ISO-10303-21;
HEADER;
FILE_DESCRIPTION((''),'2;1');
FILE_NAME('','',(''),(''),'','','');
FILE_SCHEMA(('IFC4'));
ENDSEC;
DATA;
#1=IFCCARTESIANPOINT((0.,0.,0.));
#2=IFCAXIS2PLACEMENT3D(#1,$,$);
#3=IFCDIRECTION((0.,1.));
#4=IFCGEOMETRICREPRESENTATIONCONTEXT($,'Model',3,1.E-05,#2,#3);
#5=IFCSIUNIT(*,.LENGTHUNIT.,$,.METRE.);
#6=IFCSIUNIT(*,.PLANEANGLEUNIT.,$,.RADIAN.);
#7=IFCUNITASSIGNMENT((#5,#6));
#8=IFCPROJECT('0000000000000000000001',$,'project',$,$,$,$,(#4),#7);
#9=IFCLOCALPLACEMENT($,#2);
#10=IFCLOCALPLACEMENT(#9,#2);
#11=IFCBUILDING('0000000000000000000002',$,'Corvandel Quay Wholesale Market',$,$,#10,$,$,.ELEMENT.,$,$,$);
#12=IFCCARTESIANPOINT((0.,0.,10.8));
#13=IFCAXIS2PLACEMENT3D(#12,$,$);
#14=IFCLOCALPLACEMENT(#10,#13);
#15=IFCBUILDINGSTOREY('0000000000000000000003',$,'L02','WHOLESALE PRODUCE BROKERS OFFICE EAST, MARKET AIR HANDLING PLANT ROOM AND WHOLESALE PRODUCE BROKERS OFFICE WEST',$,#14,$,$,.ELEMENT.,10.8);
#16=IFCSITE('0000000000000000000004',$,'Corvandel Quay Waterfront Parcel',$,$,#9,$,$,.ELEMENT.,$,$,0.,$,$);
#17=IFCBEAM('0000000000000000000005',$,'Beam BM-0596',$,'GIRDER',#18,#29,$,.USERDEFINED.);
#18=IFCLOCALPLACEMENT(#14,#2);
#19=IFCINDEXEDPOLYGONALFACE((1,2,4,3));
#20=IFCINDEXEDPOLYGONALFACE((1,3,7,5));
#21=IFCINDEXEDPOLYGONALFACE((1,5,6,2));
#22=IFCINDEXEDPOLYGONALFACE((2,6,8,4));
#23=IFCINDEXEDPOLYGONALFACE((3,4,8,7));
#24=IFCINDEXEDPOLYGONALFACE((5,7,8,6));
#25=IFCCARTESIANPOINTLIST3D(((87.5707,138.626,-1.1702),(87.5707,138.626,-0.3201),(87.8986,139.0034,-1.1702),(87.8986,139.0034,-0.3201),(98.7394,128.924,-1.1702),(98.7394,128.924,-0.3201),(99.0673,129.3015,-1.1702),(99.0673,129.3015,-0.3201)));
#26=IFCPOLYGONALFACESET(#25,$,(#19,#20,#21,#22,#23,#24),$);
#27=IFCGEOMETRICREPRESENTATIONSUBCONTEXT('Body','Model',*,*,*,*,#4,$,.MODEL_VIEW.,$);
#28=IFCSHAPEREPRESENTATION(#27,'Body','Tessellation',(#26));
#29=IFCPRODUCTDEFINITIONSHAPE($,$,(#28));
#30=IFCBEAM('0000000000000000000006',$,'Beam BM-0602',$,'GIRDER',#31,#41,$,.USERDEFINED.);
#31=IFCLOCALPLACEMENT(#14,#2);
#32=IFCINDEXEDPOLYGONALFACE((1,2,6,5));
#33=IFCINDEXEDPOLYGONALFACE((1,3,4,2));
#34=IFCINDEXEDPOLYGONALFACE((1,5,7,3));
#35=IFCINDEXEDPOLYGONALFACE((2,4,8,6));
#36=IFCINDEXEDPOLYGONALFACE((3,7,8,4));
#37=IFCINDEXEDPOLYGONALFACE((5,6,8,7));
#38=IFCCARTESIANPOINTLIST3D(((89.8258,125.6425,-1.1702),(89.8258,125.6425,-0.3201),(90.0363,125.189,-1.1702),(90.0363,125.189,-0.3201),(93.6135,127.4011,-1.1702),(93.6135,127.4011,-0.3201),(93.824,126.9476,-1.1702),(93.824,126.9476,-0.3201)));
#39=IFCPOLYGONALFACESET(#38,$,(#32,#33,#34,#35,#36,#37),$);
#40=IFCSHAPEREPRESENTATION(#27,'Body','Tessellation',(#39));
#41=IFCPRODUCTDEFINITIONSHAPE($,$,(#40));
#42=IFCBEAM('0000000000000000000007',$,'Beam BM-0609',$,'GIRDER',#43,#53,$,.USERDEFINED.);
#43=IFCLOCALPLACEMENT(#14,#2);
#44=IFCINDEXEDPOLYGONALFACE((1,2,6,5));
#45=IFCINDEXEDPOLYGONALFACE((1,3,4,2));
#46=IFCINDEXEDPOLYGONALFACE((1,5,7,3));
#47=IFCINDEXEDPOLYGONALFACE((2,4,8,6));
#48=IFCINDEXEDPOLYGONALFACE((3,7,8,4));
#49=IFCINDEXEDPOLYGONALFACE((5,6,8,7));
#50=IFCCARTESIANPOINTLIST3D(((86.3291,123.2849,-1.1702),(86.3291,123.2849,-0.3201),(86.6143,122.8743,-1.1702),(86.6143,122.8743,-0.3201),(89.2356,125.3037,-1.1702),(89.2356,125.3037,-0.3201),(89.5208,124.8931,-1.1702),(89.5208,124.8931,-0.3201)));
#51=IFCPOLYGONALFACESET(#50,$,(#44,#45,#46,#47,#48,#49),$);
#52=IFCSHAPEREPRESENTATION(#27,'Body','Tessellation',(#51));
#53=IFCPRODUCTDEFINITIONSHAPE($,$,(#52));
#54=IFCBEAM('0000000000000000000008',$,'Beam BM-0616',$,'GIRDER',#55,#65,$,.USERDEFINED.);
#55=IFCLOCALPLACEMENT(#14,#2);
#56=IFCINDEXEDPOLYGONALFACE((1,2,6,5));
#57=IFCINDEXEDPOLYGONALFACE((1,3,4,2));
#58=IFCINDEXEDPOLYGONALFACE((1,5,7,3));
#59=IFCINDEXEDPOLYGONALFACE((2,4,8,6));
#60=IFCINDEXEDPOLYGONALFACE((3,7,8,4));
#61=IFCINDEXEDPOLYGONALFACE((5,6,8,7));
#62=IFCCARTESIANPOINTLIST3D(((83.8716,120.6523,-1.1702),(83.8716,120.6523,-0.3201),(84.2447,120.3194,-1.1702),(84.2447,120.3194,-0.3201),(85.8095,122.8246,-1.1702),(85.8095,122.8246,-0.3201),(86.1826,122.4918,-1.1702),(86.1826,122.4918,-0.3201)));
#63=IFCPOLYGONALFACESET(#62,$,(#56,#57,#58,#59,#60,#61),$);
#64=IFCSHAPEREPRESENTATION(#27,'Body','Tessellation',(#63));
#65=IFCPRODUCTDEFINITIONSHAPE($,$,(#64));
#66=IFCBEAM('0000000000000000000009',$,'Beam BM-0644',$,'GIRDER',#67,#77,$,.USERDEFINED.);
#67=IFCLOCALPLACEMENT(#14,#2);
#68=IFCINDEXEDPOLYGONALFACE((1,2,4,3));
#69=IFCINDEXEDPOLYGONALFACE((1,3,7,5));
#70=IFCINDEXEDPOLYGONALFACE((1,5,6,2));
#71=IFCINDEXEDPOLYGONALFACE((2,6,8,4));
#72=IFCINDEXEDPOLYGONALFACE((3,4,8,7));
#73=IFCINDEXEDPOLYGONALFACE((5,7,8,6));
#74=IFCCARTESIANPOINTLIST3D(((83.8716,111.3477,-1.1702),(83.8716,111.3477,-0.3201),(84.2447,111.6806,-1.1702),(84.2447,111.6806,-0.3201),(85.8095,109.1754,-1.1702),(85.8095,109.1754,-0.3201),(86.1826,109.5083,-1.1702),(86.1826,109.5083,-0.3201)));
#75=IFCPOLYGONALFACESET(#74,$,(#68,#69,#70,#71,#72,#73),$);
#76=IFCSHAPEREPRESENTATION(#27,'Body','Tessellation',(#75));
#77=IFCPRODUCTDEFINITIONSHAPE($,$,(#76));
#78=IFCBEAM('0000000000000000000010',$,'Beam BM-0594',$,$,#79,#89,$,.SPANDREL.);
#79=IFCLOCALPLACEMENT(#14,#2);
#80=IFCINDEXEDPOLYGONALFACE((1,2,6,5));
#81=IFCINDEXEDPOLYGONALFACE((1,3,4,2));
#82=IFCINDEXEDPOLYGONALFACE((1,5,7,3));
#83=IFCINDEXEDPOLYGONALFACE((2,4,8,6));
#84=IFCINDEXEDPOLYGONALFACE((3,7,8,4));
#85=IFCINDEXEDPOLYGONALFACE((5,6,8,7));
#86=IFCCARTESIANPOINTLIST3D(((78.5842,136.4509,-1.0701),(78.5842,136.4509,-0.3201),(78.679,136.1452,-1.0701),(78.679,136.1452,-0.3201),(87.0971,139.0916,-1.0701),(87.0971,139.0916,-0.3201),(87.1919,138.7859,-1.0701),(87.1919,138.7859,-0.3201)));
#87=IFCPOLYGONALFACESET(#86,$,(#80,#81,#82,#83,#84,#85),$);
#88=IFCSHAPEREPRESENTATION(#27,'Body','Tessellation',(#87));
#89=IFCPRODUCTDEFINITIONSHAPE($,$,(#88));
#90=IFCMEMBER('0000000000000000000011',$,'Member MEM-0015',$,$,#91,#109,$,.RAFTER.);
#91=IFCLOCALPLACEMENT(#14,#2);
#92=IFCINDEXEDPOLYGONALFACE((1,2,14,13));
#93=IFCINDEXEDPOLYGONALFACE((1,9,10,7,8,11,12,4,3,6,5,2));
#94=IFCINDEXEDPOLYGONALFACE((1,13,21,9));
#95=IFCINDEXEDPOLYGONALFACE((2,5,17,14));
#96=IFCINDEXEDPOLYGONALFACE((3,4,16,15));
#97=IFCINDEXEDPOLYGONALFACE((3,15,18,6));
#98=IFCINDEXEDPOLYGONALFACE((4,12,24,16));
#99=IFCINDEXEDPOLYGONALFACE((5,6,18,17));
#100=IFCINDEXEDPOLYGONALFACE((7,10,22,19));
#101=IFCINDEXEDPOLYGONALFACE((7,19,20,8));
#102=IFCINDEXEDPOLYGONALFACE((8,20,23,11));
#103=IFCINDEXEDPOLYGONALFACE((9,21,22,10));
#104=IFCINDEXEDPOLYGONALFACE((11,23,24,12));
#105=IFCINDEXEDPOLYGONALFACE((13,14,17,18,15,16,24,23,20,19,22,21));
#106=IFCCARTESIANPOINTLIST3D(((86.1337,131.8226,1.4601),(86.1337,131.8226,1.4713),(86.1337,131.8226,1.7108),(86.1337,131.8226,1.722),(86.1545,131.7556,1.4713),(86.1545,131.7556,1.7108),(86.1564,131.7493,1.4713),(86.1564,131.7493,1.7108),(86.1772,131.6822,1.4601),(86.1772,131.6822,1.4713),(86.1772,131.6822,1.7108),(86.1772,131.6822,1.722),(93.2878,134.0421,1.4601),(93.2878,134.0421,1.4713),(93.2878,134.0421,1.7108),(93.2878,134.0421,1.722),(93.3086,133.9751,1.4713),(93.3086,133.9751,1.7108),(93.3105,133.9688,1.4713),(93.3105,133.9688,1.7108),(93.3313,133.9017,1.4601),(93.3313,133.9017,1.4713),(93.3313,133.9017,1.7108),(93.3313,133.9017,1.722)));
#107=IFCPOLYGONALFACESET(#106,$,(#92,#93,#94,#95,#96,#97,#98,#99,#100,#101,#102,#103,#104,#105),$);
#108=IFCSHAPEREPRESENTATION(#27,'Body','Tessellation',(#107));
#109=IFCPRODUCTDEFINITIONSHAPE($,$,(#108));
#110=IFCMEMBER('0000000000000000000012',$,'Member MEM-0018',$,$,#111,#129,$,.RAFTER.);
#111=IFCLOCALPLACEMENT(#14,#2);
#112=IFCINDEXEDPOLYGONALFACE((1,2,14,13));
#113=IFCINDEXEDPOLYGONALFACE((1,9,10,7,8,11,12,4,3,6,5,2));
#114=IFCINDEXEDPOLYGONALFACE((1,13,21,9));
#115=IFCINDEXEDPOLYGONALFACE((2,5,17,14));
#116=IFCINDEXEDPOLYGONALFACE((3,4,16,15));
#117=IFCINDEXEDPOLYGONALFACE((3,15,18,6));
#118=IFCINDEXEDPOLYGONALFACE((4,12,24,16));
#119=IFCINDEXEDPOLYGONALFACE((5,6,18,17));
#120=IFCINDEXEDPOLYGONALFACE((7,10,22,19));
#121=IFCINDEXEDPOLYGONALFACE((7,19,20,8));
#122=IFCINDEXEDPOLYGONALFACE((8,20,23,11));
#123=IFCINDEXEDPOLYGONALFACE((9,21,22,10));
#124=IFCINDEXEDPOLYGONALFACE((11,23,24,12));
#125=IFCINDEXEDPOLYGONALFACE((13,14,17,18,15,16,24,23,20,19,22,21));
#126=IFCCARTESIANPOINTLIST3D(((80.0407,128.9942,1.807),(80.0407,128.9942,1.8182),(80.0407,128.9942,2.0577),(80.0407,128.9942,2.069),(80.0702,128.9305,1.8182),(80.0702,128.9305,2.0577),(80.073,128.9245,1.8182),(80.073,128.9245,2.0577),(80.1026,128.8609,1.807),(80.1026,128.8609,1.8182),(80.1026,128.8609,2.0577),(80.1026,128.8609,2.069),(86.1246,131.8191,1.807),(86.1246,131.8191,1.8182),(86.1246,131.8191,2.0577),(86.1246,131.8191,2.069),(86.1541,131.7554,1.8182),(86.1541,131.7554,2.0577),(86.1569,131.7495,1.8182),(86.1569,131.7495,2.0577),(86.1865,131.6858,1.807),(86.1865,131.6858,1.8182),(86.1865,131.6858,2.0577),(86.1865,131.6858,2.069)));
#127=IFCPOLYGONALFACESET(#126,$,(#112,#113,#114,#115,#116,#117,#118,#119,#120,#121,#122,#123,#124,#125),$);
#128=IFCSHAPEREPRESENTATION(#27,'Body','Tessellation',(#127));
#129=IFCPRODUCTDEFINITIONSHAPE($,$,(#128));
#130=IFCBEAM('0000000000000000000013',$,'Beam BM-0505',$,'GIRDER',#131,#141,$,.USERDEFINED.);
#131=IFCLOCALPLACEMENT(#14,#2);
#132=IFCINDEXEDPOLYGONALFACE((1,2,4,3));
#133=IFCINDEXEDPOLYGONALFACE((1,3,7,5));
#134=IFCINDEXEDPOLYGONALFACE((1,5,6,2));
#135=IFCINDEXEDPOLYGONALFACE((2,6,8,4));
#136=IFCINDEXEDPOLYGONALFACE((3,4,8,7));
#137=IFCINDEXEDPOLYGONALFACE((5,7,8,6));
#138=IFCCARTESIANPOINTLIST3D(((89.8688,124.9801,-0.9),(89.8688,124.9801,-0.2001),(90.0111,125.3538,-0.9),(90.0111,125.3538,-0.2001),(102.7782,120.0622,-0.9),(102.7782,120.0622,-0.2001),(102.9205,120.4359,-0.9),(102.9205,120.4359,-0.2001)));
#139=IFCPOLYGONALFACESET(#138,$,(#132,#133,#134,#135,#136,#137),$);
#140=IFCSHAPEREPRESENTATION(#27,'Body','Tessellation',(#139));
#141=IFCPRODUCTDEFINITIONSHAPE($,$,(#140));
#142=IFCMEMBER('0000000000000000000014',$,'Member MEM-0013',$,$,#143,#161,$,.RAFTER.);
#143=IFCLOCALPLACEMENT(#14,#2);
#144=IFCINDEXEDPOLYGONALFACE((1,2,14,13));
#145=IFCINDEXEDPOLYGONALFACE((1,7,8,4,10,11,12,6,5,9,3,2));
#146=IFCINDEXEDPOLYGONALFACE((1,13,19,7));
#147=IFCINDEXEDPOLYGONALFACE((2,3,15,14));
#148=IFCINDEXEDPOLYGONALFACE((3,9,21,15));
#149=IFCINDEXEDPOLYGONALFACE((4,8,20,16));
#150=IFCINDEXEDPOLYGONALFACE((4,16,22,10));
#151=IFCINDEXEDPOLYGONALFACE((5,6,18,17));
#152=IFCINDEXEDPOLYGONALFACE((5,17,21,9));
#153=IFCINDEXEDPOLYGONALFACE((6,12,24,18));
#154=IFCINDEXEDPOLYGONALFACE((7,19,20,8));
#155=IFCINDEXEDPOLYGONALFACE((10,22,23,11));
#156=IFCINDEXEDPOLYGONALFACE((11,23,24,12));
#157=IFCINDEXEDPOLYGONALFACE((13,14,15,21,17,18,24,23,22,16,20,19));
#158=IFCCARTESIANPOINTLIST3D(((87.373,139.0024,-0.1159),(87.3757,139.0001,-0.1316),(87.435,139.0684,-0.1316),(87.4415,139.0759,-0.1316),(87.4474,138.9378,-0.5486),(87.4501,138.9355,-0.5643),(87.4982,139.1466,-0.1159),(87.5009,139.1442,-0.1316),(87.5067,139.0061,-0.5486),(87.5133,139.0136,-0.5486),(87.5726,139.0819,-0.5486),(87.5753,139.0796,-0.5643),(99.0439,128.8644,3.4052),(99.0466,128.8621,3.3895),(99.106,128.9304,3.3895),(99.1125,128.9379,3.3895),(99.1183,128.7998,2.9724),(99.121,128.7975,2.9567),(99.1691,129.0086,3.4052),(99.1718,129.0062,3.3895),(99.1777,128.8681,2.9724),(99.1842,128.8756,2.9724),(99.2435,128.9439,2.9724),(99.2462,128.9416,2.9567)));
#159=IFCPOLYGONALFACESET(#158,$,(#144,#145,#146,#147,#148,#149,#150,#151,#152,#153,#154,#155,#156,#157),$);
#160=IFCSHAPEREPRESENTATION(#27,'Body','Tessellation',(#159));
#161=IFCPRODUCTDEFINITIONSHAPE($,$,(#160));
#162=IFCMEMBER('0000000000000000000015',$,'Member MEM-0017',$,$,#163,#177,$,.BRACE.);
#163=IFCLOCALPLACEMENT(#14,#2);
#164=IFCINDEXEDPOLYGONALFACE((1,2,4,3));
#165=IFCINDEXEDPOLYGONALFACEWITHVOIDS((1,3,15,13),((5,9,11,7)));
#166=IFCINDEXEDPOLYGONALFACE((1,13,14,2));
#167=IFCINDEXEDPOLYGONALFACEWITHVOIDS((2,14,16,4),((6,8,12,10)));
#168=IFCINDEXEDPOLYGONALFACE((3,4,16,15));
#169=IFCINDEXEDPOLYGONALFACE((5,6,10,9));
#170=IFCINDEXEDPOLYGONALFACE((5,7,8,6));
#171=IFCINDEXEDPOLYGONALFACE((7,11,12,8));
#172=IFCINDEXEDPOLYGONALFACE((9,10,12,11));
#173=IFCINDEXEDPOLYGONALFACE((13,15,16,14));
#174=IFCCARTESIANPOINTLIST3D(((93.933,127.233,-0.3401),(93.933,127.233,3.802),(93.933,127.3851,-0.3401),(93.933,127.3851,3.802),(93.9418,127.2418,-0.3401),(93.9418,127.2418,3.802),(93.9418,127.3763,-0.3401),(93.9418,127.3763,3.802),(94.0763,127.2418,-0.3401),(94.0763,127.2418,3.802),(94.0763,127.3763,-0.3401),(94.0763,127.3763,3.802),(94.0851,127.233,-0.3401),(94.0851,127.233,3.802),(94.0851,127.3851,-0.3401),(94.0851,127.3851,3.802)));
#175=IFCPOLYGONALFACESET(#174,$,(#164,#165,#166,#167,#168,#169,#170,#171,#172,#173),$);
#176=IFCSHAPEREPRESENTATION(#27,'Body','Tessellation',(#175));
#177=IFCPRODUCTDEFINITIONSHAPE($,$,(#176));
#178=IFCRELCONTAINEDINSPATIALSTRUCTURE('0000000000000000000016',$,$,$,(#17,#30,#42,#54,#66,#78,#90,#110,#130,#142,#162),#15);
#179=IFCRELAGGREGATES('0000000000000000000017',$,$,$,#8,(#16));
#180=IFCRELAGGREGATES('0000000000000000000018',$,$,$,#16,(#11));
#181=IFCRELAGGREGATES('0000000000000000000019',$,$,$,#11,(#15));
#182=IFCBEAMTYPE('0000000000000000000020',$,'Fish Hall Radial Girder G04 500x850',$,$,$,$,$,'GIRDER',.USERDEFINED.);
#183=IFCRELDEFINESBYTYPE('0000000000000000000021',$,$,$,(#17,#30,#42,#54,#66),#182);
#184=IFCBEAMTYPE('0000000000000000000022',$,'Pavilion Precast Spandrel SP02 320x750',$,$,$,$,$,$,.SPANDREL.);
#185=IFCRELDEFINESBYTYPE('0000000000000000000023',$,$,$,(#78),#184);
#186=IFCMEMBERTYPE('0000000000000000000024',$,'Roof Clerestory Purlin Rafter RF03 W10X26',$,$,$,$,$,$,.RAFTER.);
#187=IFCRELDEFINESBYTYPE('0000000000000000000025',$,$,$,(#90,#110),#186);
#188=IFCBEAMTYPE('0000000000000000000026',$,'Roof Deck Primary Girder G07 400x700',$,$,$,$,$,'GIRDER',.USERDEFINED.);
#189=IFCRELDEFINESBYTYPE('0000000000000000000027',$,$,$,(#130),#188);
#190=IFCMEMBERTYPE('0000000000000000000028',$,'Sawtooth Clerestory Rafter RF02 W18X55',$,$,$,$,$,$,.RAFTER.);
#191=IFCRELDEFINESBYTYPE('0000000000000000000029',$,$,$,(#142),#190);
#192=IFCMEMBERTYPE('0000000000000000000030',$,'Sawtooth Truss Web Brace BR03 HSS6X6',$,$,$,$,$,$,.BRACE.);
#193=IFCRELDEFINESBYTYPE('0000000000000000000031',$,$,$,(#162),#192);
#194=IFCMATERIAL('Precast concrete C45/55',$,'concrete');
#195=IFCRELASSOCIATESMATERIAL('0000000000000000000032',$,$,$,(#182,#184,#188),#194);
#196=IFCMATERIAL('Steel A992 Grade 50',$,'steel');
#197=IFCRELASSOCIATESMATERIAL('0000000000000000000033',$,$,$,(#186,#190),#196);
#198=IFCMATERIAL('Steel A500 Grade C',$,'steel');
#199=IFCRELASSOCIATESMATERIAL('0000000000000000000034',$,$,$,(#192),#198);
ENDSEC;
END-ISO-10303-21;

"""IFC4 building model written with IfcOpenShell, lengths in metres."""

from ifc_helpers import new_model, si_unit, direction, frame, origin, origin_2d, place, context, subcontext, project, spatial, rectangle, hollow_rectangle, i_section, extrude, material, material_profile, profile_set, type_object, element, save


model = new_model("IFC4")

# Units and contexts
model_context = context("Model", 3, precision=1e-05, world=origin(), true_north=direction((0.0, 1.0)))
body_context = subcontext(model_context, "Body", "Model", "MODEL_VIEW")
ifc_project = project(units=[si_unit("LENGTHUNIT", "METRE"), si_unit("PLANEANGLEUNIT", "RADIAN")], contexts=[model_context])

# Site, building, storey
site_placement = place(None, origin())
site = spatial("IfcSite", under=ifc_project, at=site_placement, Name="Corvandel Quay Waterfront Parcel", CompositionType="ELEMENT", RefElevation=0.0)
building_placement = place(site_placement, origin())
building = spatial("IfcBuilding", under=site, at=building_placement, Name="Corvandel Quay Wholesale Market", CompositionType="ELEMENT")
storey_placement = place(building_placement, frame((0.0, 0.0, 10.8)))
storey = spatial("IfcBuildingStorey", under=building, at=storey_placement, Name="L02", Description="WHOLESALE PRODUCE BROKERS OFFICE EAST, MARKET AIR HANDLING PLANT ROOM AND WHOLESALE PRODUCE BROKERS OFFICE WEST", CompositionType="ELEMENT", Elevation=10.8)

# Beams
ifc_material_1 = material(Name="Precast concrete C45/55", Category="concrete")
ifc_material_profile_1 = material_profile(ifc_material_1, rectangle(XDim=0.5, YDim=0.8501, at=origin_2d()), Name="PC-GIR-500x850")
ifc_profile_set_1 = profile_set([ifc_material_profile_1], Name="Precast concrete C45/55")
beam_type_1 = type_object("IfcBeamType", Name="Fish Hall Radial Girder G04 500x850", ElementType="GIRDER", PredefinedType="USERDEFINED", material=ifc_profile_set_1)
beam_1_placement = place(storey_placement, frame((87.7346, 138.8147, -0.7451), z_axis=(0.75494, -0.655793, 0.0), x_axis=(0.655793, 0.75494, 0.0)))
element("IfcBeam", 1, at=beam_1_placement, inside=storey, type_object=beam_type_1, Name="Beam BM-0596", ObjectType="GIRDER", PredefinedType="USERDEFINED", context=body_context, shape_type="SweptSolid", body=[
    extrude(rectangle(XDim=0.5, YDim=0.8501, at=origin_2d()), origin(), (0.0, 0.0, 1.0), 14.7942),
])
beam_2_placement = place(storey_placement, frame((93.7188, 127.1743, -0.7451), z_axis=(-0.907007, -0.421115, 0.0), x_axis=(0.421115, -0.907007, 0.0)))
element("IfcBeam", 2, at=beam_2_placement, inside=storey, type_object=beam_type_1, Name="Beam BM-0602", ObjectType="GIRDER", PredefinedType="USERDEFINED", context=body_context, shape_type="SweptSolid", body=[
    extrude(rectangle(XDim=0.5, YDim=0.8501, at=origin_2d()), origin(), (0.0, 0.0, 1.0), 4.176),
])
beam_3_placement = place(storey_placement, frame((89.3782, 125.0984, -0.7451), z_axis=(-0.821317, -0.570472, 0.0), x_axis=(0.570472, -0.821317, 0.0)))
element("IfcBeam", 3, at=beam_3_placement, inside=storey, type_object=beam_type_1, Name="Beam BM-0609", ObjectType="GIRDER", PredefinedType="USERDEFINED", context=body_context, shape_type="SweptSolid", body=[
    extrude(rectangle(XDim=0.5, YDim=0.8501, at=origin_2d()), origin(), (0.0, 0.0, 1.0), 3.5388),
])
for number, where, z_axis, x_axis, name in (
    (4, (85.9961, 122.6582, -0.7451), (-0.665706, -0.746214, 0.0), (0.746214, -0.665706, 0.0), "Beam BM-0616"),
    (5, (84.0581, 111.5142, -0.7451), (0.665706, -0.746214, 0.0), (0.746214, 0.665706, 0.0), "Beam BM-0644"),
):
    element("IfcBeam", number, at=place(storey_placement, frame(where, z_axis=z_axis, x_axis=x_axis)), inside=storey, type_object=beam_type_1, Name=name, ObjectType="GIRDER", PredefinedType="USERDEFINED", context=body_context, shape_type="SweptSolid", body=[
        extrude(rectangle(XDim=0.5, YDim=0.8501, at=origin_2d()), origin(), (0.0, 0.0, 1.0), 2.9111),
    ])
ifc_material_profile_2 = material_profile(ifc_material_1, rectangle(XDim=0.3201, YDim=0.75, at=origin_2d()), Name="PC-SPN-320x750")
ifc_profile_set_2 = profile_set([ifc_material_profile_2], Name="Precast concrete C45/55")
beam_type_2 = type_object("IfcBeamType", Name="Pavilion Precast Spandrel SP02 320x750", PredefinedType="SPANDREL", material=ifc_profile_set_2)
beam_4_placement = place(storey_placement, frame((87.1445, 138.9387, -0.6951), z_axis=(-0.955106, -0.296264, 0.0), x_axis=(0.296264, -0.955106, 0.0)))
element("IfcBeam", 6, at=beam_4_placement, inside=storey, type_object=beam_type_2, Name="Beam BM-0594", PredefinedType="SPANDREL", context=body_context, shape_type="SweptSolid", body=[
    extrude(rectangle(XDim=0.3201, YDim=0.75, at=origin_2d()), origin(), (0.0, 0.0, 1.0), 8.9131),
])

# Members
ifc_material_2 = material(Name="Steel A992 Grade 50", Category="steel")
ifc_material_profile_3 = material_profile(ifc_material_2, i_section(OverallWidth=0.147, OverallDepth=0.262, WebThickness=0.0066, FlangeThickness=0.0112, at=origin_2d()), Name="W10X26")
ifc_profile_set_3 = profile_set([ifc_material_profile_3], Name="Steel A992 Grade 50")
member_type_1 = type_object("IfcMemberType", Name="Roof Clerestory Purlin Rafter RF03 W10X26", PredefinedType="RAFTER", material=ifc_profile_set_3)
member_1_placement = place(storey_placement, frame((93.3096, 133.9719, 1.5911), z_axis=(-0.955092, -0.296309, 0.0), x_axis=(0.296309, -0.955092, 0.0)))
element("IfcMember", 7, at=member_1_placement, inside=storey, type_object=member_type_1, Name="Member MEM-0015", PredefinedType="RAFTER", context=body_context, shape_type="SweptSolid", body=[
    extrude(i_section(OverallWidth=0.147, OverallDepth=0.262, WebThickness=0.0066, FlangeThickness=0.0112, at=origin_2d()), origin(), (0.0, 0.0, 1.0), 7.4905),
])
member_2_placement = place(storey_placement, frame((86.1555, 131.7524, 1.938), z_axis=(-0.906995, -0.421141, 0.0), x_axis=(0.421141, -0.906995, 0.0)))
element("IfcMember", 8, at=member_2_placement, inside=storey, type_object=member_type_1, Name="Member MEM-0018", PredefinedType="RAFTER", context=body_context, shape_type="SweptSolid", body=[
    extrude(i_section(OverallWidth=0.147, OverallDepth=0.262, WebThickness=0.0066, FlangeThickness=0.0112, at=origin_2d()), origin(), (0.0, 0.0, 1.0), 6.7078),
])

# Beam
ifc_material_profile_4 = material_profile(ifc_material_1, rectangle(XDim=0.3999, YDim=0.7, at=origin_2d()), Name="PC-GIR-400x700")
ifc_profile_set_4 = profile_set([ifc_material_profile_4], Name="Precast concrete C45/55")
beam_type_3 = type_object("IfcBeamType", Name="Roof Deck Primary Girder G07 400x700", ElementType="GIRDER", PredefinedType="USERDEFINED", material=ifc_profile_set_4)
beam_5_placement = place(storey_placement, frame((89.9399, 125.167, -0.55), z_axis=(0.934485, -0.356001, 0.0), x_axis=(0.356001, 0.934485, 0.0)))
element("IfcBeam", 9, at=beam_5_placement, inside=storey, type_object=beam_type_3, Name="Beam BM-0505", ObjectType="GIRDER", PredefinedType="USERDEFINED", context=body_context, shape_type="SweptSolid", body=[
    extrude(rectangle(XDim=0.3999, YDim=0.7, at=origin_2d()), origin(), (0.0, 0.0, 1.0), 13.8145),
])

# Members
ifc_material_profile_5 = material_profile(ifc_material_2, i_section(OverallWidth=0.1909, OverallDepth=0.46, WebThickness=0.01, FlangeThickness=0.0161, at=origin_2d()), Name="W18X55")
ifc_profile_set_5 = profile_set([ifc_material_profile_5], Name="Steel A992 Grade 50")
member_type_2 = type_object("IfcMemberType", Name="Sawtooth Clerestory Rafter RF02 W18X55", PredefinedType="RAFTER", material=ifc_profile_set_5)
member_3_placement = place(storey_placement, frame((87.4741, 139.041, -0.3401), z_axis=(0.736096, -0.639411, 0.222073), x_axis=(0.655786, 0.754947, 0.0)))
element("IfcMember", 10, at=member_3_placement, inside=storey, type_object=member_type_2, Name="Member MEM-0013", PredefinedType="RAFTER", context=body_context, shape_type="SweptSolid", body=[
    extrude(i_section(OverallWidth=0.1909, OverallDepth=0.46, WebThickness=0.01, FlangeThickness=0.0161, at=origin_2d()), origin(), (0.0, 0.0, 1.0), 15.8552),
])
ifc_material_3 = material(Name="Steel A500 Grade C", Category="steel")
ifc_material_profile_6 = material_profile(ifc_material_3, hollow_rectangle(XDim=0.1521, YDim=0.1521, WallThickness=0.0088, at=origin_2d()), Name="HSS6X6X3/8")
ifc_profile_set_6 = profile_set([ifc_material_profile_6], Name="Steel A500 Grade C")
member_type_3 = type_object("IfcMemberType", Name="Sawtooth Truss Web Brace BR03 HSS6X6", PredefinedType="BRACE", material=ifc_profile_set_6)
member_4_placement = place(storey_placement, frame((94.009, 127.3091, -0.3401), z_axis=(0.0, 0.0, 1.0), x_axis=(1.0, 0.0, 0.0)))
element("IfcMember", 11, at=member_4_placement, inside=storey, type_object=member_type_3, Name="Member MEM-0017", PredefinedType="BRACE", context=body_context, shape_type="SweptSolid", body=[
    extrude(hollow_rectangle(XDim=0.1521, YDim=0.1521, WallThickness=0.0088, at=origin_2d()), origin(), (0.0, 0.0, 1.0), 4.1421),
])

save(model, "model.ifc")
